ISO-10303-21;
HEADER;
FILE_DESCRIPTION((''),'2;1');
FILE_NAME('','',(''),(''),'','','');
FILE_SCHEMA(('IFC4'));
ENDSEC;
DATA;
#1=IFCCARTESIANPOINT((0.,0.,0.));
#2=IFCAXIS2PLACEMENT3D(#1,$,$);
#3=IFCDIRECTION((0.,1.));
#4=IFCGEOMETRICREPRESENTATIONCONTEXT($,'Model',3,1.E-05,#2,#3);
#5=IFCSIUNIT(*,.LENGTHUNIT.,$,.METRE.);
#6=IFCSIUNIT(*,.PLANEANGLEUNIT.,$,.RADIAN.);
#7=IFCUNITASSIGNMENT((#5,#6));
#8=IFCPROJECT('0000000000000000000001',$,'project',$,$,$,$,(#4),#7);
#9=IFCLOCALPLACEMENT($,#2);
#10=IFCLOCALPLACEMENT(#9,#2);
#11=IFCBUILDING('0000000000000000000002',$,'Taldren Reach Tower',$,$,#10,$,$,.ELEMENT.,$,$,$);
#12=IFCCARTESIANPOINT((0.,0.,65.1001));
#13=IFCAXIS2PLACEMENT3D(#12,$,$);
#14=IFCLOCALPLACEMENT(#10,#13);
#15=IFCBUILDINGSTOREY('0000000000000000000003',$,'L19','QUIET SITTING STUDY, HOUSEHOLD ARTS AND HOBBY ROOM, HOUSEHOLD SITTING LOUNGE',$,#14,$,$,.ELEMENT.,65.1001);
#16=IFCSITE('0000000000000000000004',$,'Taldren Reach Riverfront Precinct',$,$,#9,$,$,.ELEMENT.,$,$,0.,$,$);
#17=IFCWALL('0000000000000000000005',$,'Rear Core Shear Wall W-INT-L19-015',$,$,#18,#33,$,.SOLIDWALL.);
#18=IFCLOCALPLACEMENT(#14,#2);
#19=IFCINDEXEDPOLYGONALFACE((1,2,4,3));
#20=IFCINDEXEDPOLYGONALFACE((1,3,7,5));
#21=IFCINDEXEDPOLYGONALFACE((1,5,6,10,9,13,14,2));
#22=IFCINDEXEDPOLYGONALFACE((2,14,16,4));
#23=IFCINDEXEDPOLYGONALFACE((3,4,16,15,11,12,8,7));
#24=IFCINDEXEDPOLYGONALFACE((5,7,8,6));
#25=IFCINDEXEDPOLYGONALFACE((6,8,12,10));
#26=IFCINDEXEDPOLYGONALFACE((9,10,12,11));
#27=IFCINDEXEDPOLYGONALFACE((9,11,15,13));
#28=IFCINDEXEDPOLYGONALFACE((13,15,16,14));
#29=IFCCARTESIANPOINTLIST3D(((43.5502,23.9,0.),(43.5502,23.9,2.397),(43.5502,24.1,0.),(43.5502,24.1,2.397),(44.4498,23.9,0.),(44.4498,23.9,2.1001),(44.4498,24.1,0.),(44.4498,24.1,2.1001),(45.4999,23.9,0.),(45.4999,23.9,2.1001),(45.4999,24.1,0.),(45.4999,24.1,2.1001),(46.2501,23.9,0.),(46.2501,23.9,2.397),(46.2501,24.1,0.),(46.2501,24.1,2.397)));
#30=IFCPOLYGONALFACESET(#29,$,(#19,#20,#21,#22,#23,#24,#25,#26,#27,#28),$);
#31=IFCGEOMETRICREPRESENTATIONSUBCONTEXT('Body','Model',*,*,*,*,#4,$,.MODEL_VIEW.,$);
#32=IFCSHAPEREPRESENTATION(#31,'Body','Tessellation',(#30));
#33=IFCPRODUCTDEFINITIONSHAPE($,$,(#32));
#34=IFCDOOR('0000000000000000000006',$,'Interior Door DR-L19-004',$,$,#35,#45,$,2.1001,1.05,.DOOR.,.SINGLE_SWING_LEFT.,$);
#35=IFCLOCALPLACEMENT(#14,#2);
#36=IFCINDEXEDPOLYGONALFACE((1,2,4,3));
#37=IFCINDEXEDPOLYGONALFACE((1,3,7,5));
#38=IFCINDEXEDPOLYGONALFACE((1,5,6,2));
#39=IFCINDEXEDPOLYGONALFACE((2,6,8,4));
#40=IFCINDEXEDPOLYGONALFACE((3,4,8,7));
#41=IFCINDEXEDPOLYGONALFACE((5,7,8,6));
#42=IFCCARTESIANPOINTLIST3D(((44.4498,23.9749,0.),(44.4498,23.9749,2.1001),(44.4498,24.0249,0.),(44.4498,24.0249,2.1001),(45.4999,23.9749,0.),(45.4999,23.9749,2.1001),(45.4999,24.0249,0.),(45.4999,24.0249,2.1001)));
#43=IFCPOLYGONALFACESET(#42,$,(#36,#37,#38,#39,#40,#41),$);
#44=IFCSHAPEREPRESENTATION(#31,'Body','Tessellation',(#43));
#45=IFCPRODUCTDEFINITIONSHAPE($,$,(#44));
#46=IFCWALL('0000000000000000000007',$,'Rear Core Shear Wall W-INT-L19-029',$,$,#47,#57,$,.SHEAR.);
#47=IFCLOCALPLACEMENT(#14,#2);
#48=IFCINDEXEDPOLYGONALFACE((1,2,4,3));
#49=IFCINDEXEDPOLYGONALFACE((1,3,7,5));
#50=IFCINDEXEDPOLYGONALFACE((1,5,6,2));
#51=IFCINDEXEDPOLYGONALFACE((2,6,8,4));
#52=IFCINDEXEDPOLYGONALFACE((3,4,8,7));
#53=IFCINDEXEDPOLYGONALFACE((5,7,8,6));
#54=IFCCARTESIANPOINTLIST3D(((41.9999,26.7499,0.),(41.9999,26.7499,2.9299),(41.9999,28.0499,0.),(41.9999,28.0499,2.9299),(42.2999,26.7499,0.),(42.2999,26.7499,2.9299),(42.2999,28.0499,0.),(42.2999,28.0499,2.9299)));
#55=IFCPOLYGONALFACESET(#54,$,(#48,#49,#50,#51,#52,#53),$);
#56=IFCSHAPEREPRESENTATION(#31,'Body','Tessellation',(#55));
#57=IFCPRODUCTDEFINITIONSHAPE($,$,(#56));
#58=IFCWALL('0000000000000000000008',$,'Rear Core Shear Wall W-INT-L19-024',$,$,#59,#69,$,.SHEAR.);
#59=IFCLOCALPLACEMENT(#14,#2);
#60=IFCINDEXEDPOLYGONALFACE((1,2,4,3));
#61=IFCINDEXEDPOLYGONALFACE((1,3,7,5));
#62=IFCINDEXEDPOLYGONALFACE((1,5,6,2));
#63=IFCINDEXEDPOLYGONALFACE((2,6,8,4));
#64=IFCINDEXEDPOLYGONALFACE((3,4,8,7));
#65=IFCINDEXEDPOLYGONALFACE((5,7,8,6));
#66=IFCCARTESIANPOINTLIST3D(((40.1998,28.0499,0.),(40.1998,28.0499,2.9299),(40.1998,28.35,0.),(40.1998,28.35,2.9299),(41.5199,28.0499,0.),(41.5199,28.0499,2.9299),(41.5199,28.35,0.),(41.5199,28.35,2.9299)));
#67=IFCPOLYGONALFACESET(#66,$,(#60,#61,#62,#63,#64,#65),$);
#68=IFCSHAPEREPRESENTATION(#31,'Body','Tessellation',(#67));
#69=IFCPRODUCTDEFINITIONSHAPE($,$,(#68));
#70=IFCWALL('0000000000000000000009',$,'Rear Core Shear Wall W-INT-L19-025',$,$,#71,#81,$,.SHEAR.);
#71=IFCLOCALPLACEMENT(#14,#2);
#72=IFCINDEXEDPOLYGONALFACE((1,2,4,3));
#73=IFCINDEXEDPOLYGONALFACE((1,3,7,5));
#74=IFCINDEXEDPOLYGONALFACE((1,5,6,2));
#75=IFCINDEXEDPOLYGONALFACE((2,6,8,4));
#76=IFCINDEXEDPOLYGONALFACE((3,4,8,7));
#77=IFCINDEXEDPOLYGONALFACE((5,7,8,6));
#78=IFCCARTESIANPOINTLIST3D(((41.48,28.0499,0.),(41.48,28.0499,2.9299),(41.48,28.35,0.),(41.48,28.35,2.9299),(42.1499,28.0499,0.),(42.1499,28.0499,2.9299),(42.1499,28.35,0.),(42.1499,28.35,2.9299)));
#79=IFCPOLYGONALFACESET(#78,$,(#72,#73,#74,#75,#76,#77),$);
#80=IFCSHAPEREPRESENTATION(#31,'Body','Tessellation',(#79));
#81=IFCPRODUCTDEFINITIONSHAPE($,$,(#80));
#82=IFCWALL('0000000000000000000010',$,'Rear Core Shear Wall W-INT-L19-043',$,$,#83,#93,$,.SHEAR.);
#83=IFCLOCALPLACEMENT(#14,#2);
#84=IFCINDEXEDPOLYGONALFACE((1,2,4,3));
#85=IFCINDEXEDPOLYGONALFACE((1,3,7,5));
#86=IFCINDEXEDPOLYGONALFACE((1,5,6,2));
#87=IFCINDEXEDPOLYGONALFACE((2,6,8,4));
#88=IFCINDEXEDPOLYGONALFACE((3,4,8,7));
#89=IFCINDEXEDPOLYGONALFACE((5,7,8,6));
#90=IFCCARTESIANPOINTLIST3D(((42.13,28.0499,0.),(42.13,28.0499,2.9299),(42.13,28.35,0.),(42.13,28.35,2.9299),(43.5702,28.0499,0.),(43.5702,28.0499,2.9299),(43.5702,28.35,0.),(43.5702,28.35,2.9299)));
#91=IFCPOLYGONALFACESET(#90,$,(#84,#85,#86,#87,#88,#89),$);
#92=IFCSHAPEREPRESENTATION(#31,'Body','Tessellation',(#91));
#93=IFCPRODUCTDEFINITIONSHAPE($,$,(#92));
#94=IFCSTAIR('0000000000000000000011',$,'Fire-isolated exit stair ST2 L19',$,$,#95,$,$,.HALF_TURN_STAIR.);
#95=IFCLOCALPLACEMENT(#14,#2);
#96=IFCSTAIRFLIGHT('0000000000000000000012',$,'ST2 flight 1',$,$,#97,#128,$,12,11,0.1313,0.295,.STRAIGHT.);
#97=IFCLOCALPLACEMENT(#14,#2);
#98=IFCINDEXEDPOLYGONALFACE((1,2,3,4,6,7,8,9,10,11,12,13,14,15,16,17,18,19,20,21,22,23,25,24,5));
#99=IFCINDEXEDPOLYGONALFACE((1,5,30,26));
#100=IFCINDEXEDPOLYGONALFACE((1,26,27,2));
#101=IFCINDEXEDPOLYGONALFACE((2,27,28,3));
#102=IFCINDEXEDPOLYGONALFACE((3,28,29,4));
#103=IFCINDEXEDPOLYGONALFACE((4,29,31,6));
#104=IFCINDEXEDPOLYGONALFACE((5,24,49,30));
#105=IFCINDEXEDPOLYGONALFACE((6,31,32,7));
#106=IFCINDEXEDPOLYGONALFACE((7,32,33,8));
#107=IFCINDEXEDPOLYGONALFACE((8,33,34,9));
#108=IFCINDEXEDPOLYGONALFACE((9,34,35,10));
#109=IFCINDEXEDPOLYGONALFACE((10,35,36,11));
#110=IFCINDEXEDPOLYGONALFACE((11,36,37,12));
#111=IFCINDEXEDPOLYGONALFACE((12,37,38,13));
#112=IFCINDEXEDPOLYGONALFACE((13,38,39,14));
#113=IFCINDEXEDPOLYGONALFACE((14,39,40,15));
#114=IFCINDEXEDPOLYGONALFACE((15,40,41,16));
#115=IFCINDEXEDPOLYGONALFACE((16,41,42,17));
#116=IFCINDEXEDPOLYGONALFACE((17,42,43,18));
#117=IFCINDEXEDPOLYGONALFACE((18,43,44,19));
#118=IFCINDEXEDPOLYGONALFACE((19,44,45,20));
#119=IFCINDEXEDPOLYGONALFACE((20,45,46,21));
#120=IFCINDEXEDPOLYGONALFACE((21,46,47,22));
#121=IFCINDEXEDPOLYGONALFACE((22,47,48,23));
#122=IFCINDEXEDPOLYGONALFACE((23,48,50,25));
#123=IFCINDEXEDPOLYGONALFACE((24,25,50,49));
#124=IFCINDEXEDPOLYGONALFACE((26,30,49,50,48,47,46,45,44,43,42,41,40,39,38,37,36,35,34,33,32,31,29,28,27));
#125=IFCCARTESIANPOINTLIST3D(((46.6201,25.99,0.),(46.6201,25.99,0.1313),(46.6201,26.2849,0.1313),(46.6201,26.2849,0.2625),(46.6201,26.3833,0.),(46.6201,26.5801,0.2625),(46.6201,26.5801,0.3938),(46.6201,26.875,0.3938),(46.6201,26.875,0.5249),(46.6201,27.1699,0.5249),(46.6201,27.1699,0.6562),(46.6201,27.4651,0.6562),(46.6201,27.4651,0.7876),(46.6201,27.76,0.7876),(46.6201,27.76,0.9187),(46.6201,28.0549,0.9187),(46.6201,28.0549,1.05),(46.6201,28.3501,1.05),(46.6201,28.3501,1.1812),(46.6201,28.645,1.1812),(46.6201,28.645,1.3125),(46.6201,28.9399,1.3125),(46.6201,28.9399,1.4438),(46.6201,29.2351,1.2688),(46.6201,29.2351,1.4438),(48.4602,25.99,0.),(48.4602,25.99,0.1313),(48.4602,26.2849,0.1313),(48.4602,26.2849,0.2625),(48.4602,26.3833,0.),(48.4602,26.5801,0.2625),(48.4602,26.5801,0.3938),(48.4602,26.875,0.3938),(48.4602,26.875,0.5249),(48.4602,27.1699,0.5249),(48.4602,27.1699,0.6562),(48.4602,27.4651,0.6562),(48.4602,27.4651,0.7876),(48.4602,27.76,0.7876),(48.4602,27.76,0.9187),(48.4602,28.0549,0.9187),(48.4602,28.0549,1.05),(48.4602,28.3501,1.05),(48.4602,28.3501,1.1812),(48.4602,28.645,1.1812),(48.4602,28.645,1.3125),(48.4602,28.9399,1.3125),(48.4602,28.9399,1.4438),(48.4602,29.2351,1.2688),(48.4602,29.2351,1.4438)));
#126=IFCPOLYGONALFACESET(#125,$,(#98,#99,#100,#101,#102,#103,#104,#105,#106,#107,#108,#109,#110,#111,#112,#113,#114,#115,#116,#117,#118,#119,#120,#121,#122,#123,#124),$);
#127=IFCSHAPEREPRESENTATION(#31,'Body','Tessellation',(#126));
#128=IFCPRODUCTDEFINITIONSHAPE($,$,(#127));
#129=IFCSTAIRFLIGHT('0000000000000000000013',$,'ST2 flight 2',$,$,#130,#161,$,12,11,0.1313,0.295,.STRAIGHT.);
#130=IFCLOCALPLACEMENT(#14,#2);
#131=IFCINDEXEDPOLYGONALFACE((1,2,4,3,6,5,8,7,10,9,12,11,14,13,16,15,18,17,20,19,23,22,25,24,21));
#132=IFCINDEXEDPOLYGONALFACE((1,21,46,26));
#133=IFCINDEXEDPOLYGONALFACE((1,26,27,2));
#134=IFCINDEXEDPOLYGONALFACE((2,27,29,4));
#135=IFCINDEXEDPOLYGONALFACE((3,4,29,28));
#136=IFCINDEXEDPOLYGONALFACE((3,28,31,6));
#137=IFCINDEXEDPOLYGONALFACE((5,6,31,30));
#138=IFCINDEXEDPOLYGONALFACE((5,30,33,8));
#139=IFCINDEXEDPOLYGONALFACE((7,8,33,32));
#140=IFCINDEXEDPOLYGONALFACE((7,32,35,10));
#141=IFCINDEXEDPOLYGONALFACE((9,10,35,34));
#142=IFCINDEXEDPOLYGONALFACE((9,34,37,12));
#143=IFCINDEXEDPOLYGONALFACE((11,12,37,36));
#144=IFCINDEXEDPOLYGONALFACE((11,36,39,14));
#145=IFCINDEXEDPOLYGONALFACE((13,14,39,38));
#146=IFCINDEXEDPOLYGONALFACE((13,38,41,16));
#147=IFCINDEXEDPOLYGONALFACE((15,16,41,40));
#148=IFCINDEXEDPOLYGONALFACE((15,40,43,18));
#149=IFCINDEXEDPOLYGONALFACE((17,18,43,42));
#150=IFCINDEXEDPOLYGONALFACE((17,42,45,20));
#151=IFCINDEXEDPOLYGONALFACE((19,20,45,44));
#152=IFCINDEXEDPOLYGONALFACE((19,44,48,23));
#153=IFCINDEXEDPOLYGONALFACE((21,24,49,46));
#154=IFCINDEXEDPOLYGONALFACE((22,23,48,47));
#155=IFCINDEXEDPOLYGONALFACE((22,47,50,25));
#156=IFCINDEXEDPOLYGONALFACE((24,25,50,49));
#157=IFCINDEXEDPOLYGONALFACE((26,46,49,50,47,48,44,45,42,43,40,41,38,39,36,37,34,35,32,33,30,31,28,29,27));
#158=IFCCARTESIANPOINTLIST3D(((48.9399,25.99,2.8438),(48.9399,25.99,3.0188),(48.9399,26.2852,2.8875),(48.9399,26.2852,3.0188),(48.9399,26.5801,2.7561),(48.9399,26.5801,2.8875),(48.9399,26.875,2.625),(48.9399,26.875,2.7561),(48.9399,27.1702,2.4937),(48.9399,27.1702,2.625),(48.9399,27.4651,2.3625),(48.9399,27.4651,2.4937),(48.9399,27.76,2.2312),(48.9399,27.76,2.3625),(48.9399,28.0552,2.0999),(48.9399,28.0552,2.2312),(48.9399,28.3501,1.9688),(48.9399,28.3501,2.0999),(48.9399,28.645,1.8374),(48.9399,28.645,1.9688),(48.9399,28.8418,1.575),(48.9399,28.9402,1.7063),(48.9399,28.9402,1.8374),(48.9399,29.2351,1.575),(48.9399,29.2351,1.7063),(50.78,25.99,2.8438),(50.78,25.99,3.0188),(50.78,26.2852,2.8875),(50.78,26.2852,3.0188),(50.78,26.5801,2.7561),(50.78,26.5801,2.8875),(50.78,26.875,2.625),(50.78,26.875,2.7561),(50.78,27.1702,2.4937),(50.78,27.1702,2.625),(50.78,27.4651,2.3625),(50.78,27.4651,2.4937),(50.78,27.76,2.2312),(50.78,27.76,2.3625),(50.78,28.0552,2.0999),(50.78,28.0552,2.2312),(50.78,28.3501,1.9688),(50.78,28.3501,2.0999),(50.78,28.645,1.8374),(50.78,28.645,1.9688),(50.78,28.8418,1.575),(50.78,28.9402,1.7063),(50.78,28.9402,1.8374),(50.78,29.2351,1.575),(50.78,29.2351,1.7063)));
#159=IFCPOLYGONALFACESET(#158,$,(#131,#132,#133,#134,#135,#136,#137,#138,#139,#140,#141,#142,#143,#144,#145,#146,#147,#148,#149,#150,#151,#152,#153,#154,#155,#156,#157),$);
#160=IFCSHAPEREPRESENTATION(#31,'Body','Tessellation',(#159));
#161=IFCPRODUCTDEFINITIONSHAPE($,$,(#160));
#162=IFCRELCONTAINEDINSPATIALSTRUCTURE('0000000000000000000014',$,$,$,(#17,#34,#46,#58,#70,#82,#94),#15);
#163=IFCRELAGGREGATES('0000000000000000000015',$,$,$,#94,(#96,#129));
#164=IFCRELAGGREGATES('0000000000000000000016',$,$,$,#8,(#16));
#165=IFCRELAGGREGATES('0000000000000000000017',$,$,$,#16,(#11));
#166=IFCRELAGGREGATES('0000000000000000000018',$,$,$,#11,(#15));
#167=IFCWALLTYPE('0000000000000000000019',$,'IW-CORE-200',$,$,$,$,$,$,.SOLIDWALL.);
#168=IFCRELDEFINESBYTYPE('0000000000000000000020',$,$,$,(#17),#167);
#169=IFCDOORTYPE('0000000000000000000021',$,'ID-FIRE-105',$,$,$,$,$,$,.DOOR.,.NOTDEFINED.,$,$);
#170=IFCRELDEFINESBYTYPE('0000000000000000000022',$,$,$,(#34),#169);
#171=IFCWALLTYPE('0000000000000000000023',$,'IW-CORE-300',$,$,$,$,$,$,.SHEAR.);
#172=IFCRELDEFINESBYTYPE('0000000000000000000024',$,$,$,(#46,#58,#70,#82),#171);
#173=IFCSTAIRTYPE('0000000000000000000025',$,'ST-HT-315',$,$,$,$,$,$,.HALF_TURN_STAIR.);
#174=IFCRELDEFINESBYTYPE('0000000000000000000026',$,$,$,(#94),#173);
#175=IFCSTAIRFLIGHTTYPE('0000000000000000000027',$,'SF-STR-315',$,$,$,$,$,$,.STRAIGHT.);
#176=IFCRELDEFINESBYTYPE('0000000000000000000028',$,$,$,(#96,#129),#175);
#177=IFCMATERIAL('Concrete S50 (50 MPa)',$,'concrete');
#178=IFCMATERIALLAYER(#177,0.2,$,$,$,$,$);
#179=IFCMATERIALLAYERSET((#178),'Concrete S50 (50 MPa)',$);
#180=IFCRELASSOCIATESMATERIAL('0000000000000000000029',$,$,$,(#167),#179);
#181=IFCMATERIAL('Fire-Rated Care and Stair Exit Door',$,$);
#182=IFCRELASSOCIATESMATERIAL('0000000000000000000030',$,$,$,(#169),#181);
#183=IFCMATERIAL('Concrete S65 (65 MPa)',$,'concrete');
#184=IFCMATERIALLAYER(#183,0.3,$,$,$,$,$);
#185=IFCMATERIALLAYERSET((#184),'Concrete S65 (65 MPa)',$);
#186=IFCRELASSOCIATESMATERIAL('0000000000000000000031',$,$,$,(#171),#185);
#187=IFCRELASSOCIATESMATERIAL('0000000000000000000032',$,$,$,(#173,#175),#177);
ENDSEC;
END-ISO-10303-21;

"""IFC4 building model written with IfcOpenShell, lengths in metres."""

from ifc_helpers import new_model, si_unit, direction, frame, frame_2d, origin, place, context, subcontext, project, spatial, polyline, rectangle, outline, extrude, source, transform, mapped, material, layer, layer_set, type_object, element, fill, aggregate, save


model = new_model("IFC4")

# Units and contexts
model_context = context("Model", 3, precision=1e-05, world=origin(), true_north=direction((0.0, 1.0)))
body_context = subcontext(model_context, "Body", "Model", "MODEL_VIEW")
ifc_project = project(units=[si_unit("LENGTHUNIT", "METRE"), si_unit("PLANEANGLEUNIT", "RADIAN")], contexts=[model_context])

# Site, building, storey
site_placement = place(None, origin())
site = spatial("IfcSite", under=ifc_project, at=site_placement, Name="Taldren Reach Riverfront Precinct", CompositionType="ELEMENT", RefElevation=0.0)
building_placement = place(site_placement, origin())
building = spatial("IfcBuilding", under=site, at=building_placement, Name="Taldren Reach Tower", CompositionType="ELEMENT")
storey_placement = place(building_placement, frame((0.0, 0.0, 65.1001)))
storey = spatial("IfcBuildingStorey", under=building, at=storey_placement, Name="L19", Description="QUIET SITTING STUDY, HOUSEHOLD ARTS AND HOBBY ROOM, HOUSEHOLD SITTING LOUNGE", CompositionType="ELEMENT", Elevation=65.1001)

# Shared definitions
ifc_material_1 = material(Name="Concrete S50 (50 MPa)", Category="concrete")
ifc_layer_1 = layer(ifc_material_1, 0.2)
ifc_layer_set_1 = layer_set([ifc_layer_1], Name="Concrete S50 (50 MPa)")
wall_type_1 = type_object("IfcWallType", Name="IW-CORE-200", PredefinedType="SOLIDWALL", material=ifc_layer_set_1)

# Shared definitions
shared_shape_1 = source(origin(), body_context, "Body", "SweptSolid", [
    extrude(rectangle(XDim=1.05, YDim=2.1001, at=frame_2d((0.5249, 1.05))), frame((0.0, 0.1099, 0.0), z_axis=(0.0, -1.0, 0.0), x_axis=(1.0, 0.0, 0.0)), (0.0, 0.0, 1.0), 0.22),
])
ifc_material_2 = material(Name="Fire-Rated Care and Stair Exit Door")
door_type_1 = type_object("IfcDoorType", Name="ID-FIRE-105", OperationType="NOTDEFINED", PredefinedType="DOOR", material=ifc_material_2)
shared_shape_2 = source(origin(), body_context, "Body", "SweptSolid", [
    extrude(rectangle(XDim=1.05, YDim=2.1001, at=frame_2d((0.5249, 1.05))), frame((0.0, 0.0249, 0.0), z_axis=(0.0, -1.0, 0.0), x_axis=(1.0, 0.0, 0.0)), (0.0, 0.0, 1.0), 0.05),
])

# Shared definitions
ifc_material_3 = material(Name="Concrete S65 (65 MPa)", Category="concrete")
ifc_layer_2 = layer(ifc_material_3, 0.3)
ifc_layer_set_2 = layer_set([ifc_layer_2], Name="Concrete S65 (65 MPa)")
wall_type_2 = type_object("IfcWallType", Name="IW-CORE-300", PredefinedType="SHEAR", material=ifc_layer_set_2)

# Wall, opening, door
shared_shape_3 = source(origin(), body_context, "Body", "SweptSolid", [
    extrude(rectangle(XDim=2.7, YDim=0.2, at=frame_2d((1.3501, 0.0))), origin(), (0.0, 0.0, 1.0), 2.397),
])
wall_1_placement = place(storey_placement, frame((43.55, 24.0, 0.0), z_axis=(0.0, 0.0, 1.0), x_axis=(1.0, 0.0, 0.0)))
wall_1 = element("IfcWall", 1, at=wall_1_placement, inside=storey, type_object=wall_type_1, Name="Rear Core Shear Wall W-INT-L19-015", PredefinedType="SOLIDWALL", context=body_context, shape_type="MappedRepresentation", body=[
    mapped(shared_shape_3, transform((0.0, 0.0, 0.0), scale=1.0)),
])
opening_1_placement = place(wall_1_placement, frame((0.8999, 0.0, 0.0)))
opening_1 = element("IfcOpeningElement", 2, at=opening_1_placement, cuts=wall_1, PredefinedType="OPENING", context=body_context, shape_type="MappedRepresentation", body=[
    mapped(shared_shape_1, transform((0.0, 0.0, 0.0), scale=1.0)),
])
door_1_placement = place(opening_1_placement, origin())
door_1 = element("IfcDoor", 3, at=door_1_placement, inside=storey, type_object=door_type_1, Name="Interior Door DR-L19-004", OperationType="SINGLE_SWING_LEFT", OverallHeight=2.1001, OverallWidth=1.05, PredefinedType="DOOR", context=body_context, shape_type="MappedRepresentation", body=[
    mapped(shared_shape_2, transform((0.0, 0.0, 0.0), scale=1.0)),
])
fill(opening_1, door_1)

# Walls
shared_shape_4 = source(origin(), body_context, "Body", "SweptSolid", [
    extrude(rectangle(XDim=1.3, YDim=0.3, at=frame_2d((0.6499, 0.0))), origin(), (0.0, 0.0, 1.0), 2.9299),
])
wall_2_placement = place(storey_placement, frame((42.1499, 26.75, 0.0), z_axis=(0.0, 0.0, 1.0), x_axis=(0.0, 1.0, 0.0)))
element("IfcWall", 4, at=wall_2_placement, inside=storey, type_object=wall_type_2, Name="Rear Core Shear Wall W-INT-L19-029", PredefinedType="SHEAR", context=body_context, shape_type="MappedRepresentation", body=[
    mapped(shared_shape_4, transform((0.0, 0.0, 0.0), scale=1.0)),
])
shared_shape_5 = source(origin(), body_context, "Body", "SweptSolid", [
    extrude(rectangle(XDim=1.3201, YDim=0.3, at=frame_2d((0.6602, 0.0))), origin(), (0.0, 0.0, 1.0), 2.9299),
])
wall_3_placement = place(storey_placement, frame((41.52, 28.2, 0.0), z_axis=(0.0, 0.0, 1.0), x_axis=(-1.0, 0.0, 0.0)))
element("IfcWall", 5, at=wall_3_placement, inside=storey, type_object=wall_type_2, Name="Rear Core Shear Wall W-INT-L19-024", PredefinedType="SHEAR", context=body_context, shape_type="MappedRepresentation", body=[
    mapped(shared_shape_5, transform((0.0, 0.0, 0.0), scale=1.0)),
])
shared_shape_6 = source(origin(), body_context, "Body", "SweptSolid", [
    extrude(rectangle(XDim=0.6699, YDim=0.3, at=frame_2d((0.335, 0.0))), origin(), (0.0, 0.0, 1.0), 2.9299),
])
wall_4_placement = place(storey_placement, frame((42.1499, 28.2, 0.0), z_axis=(0.0, 0.0, 1.0), x_axis=(-1.0, 0.0, 0.0)))
element("IfcWall", 6, at=wall_4_placement, inside=storey, type_object=wall_type_2, Name="Rear Core Shear Wall W-INT-L19-025", PredefinedType="SHEAR", context=body_context, shape_type="MappedRepresentation", body=[
    mapped(shared_shape_6, transform((0.0, 0.0, 0.0), scale=1.0)),
])
shared_shape_7 = source(origin(), body_context, "Body", "SweptSolid", [
    extrude(rectangle(XDim=1.4402, YDim=0.3, at=frame_2d((0.7202, 0.0))), origin(), (0.0, 0.0, 1.0), 2.9299),
])
wall_5_placement = place(storey_placement, frame((42.1299, 28.2, 0.0), z_axis=(0.0, 0.0, 1.0), x_axis=(1.0, 0.0, 0.0)))
element("IfcWall", 7, at=wall_5_placement, inside=storey, type_object=wall_type_2, Name="Rear Core Shear Wall W-INT-L19-043", PredefinedType="SHEAR", context=body_context, shape_type="MappedRepresentation", body=[
    mapped(shared_shape_7, transform((0.0, 0.0, 0.0), scale=1.0)),
])

# Stair, stair flights
stair_type = type_object("IfcStairType", Name="ST-HT-315", PredefinedType="HALF_TURN_STAIR", material=ifc_material_1)
stair_placement = place(storey_placement, origin())
stair = element("IfcStair", 8, at=stair_placement, inside=storey, type_object=stair_type, Name="Fire-isolated exit stair ST2 L19", PredefinedType="HALF_TURN_STAIR")
stair_flight_type = type_object("IfcStairFlightType", Name="SF-STR-315", PredefinedType="STRAIGHT", material=ifc_material_1)
stair_flight_1_placement = place(storey_placement, frame((47.54, 25.99, 0.0), z_axis=(0.0, 0.0, 1.0), x_axis=(0.0, 1.0, 0.0)))
stair_flight_1 = element("IfcStairFlight", 9, at=stair_flight_1_placement, type_object=stair_flight_type, Name="ST2 flight 1", NumberOfRisers=12, NumberOfTreads=11, PredefinedType="STRAIGHT", RiserHeight=0.1313, TreadLength=0.295, context=body_context, shape_type="SweptSolid", body=[
    extrude(outline(polyline([(0.0, 0.0), (0.0, 0.1313), (0.2949, 0.1313), (0.2949, 0.2625), (0.5901, 0.2625), (0.5901, 0.3938), (0.885, 0.3938), (0.885, 0.5249), (1.1799, 0.5249), (1.1799, 0.6562), (1.4751, 0.6562), (1.4751, 0.7876), (1.77, 0.7876), (1.77, 0.9187), (2.0649, 0.9187), (2.0649, 1.05), (2.3601, 1.05), (2.3601, 1.1812), (2.655, 1.1812), (2.655, 1.3125), (2.95, 1.3125), (2.95, 1.4438), (3.2451, 1.4438), (3.2451, 1.575), (3.2451, 1.2688), (0.3933, 0.0), (0.0, 0.0)])), frame((0.0, 0.9199, 0.0), z_axis=(0.0, -1.0, 0.0), x_axis=(1.0, 0.0, 0.0)), (0.0, 0.0, 1.0), 1.8401),
])
stair_flight_2_placement = place(storey_placement, frame((49.8601, 29.2351, 1.575), z_axis=(0.0, 0.0, 1.0), x_axis=(0.0, -1.0, 0.0)))
stair_flight_2 = element("IfcStairFlight", 10, at=stair_flight_2_placement, type_object=stair_flight_type, Name="ST2 flight 2", NumberOfRisers=12, NumberOfTreads=11, PredefinedType="STRAIGHT", RiserHeight=0.1313, TreadLength=0.295, context=body_context, shape_type="SweptSolid", body=[
    extrude(outline(polyline([(0.0, 0.0), (0.0, 0.1313), (0.2949, 0.1313), (0.2949, 0.2625), (0.5901, 0.2625), (0.5901, 0.3938), (0.885, 0.3938), (0.885, 0.5249), (1.1799, 0.5249), (1.1799, 0.6562), (1.4751, 0.6562), (1.4751, 0.7876), (1.77, 0.7876), (1.77, 0.9187), (2.0649, 0.9187), (2.0649, 1.05), (2.3601, 1.05), (2.3601, 1.1812), (2.655, 1.1812), (2.655, 1.3125), (2.95, 1.3125), (2.95, 1.4438), (3.2451, 1.4438), (3.2451, 1.575), (3.2451, 1.2688), (0.3933, 0.0), (0.0, 0.0)])), frame((0.0, 0.9199, 0.0), z_axis=(0.0, -1.0, 0.0), x_axis=(1.0, 0.0, 0.0)), (0.0, 0.0, 1.0), 1.8401),
])
aggregate(stair, [stair_flight_1, stair_flight_2])

save(model, "model.ifc")
